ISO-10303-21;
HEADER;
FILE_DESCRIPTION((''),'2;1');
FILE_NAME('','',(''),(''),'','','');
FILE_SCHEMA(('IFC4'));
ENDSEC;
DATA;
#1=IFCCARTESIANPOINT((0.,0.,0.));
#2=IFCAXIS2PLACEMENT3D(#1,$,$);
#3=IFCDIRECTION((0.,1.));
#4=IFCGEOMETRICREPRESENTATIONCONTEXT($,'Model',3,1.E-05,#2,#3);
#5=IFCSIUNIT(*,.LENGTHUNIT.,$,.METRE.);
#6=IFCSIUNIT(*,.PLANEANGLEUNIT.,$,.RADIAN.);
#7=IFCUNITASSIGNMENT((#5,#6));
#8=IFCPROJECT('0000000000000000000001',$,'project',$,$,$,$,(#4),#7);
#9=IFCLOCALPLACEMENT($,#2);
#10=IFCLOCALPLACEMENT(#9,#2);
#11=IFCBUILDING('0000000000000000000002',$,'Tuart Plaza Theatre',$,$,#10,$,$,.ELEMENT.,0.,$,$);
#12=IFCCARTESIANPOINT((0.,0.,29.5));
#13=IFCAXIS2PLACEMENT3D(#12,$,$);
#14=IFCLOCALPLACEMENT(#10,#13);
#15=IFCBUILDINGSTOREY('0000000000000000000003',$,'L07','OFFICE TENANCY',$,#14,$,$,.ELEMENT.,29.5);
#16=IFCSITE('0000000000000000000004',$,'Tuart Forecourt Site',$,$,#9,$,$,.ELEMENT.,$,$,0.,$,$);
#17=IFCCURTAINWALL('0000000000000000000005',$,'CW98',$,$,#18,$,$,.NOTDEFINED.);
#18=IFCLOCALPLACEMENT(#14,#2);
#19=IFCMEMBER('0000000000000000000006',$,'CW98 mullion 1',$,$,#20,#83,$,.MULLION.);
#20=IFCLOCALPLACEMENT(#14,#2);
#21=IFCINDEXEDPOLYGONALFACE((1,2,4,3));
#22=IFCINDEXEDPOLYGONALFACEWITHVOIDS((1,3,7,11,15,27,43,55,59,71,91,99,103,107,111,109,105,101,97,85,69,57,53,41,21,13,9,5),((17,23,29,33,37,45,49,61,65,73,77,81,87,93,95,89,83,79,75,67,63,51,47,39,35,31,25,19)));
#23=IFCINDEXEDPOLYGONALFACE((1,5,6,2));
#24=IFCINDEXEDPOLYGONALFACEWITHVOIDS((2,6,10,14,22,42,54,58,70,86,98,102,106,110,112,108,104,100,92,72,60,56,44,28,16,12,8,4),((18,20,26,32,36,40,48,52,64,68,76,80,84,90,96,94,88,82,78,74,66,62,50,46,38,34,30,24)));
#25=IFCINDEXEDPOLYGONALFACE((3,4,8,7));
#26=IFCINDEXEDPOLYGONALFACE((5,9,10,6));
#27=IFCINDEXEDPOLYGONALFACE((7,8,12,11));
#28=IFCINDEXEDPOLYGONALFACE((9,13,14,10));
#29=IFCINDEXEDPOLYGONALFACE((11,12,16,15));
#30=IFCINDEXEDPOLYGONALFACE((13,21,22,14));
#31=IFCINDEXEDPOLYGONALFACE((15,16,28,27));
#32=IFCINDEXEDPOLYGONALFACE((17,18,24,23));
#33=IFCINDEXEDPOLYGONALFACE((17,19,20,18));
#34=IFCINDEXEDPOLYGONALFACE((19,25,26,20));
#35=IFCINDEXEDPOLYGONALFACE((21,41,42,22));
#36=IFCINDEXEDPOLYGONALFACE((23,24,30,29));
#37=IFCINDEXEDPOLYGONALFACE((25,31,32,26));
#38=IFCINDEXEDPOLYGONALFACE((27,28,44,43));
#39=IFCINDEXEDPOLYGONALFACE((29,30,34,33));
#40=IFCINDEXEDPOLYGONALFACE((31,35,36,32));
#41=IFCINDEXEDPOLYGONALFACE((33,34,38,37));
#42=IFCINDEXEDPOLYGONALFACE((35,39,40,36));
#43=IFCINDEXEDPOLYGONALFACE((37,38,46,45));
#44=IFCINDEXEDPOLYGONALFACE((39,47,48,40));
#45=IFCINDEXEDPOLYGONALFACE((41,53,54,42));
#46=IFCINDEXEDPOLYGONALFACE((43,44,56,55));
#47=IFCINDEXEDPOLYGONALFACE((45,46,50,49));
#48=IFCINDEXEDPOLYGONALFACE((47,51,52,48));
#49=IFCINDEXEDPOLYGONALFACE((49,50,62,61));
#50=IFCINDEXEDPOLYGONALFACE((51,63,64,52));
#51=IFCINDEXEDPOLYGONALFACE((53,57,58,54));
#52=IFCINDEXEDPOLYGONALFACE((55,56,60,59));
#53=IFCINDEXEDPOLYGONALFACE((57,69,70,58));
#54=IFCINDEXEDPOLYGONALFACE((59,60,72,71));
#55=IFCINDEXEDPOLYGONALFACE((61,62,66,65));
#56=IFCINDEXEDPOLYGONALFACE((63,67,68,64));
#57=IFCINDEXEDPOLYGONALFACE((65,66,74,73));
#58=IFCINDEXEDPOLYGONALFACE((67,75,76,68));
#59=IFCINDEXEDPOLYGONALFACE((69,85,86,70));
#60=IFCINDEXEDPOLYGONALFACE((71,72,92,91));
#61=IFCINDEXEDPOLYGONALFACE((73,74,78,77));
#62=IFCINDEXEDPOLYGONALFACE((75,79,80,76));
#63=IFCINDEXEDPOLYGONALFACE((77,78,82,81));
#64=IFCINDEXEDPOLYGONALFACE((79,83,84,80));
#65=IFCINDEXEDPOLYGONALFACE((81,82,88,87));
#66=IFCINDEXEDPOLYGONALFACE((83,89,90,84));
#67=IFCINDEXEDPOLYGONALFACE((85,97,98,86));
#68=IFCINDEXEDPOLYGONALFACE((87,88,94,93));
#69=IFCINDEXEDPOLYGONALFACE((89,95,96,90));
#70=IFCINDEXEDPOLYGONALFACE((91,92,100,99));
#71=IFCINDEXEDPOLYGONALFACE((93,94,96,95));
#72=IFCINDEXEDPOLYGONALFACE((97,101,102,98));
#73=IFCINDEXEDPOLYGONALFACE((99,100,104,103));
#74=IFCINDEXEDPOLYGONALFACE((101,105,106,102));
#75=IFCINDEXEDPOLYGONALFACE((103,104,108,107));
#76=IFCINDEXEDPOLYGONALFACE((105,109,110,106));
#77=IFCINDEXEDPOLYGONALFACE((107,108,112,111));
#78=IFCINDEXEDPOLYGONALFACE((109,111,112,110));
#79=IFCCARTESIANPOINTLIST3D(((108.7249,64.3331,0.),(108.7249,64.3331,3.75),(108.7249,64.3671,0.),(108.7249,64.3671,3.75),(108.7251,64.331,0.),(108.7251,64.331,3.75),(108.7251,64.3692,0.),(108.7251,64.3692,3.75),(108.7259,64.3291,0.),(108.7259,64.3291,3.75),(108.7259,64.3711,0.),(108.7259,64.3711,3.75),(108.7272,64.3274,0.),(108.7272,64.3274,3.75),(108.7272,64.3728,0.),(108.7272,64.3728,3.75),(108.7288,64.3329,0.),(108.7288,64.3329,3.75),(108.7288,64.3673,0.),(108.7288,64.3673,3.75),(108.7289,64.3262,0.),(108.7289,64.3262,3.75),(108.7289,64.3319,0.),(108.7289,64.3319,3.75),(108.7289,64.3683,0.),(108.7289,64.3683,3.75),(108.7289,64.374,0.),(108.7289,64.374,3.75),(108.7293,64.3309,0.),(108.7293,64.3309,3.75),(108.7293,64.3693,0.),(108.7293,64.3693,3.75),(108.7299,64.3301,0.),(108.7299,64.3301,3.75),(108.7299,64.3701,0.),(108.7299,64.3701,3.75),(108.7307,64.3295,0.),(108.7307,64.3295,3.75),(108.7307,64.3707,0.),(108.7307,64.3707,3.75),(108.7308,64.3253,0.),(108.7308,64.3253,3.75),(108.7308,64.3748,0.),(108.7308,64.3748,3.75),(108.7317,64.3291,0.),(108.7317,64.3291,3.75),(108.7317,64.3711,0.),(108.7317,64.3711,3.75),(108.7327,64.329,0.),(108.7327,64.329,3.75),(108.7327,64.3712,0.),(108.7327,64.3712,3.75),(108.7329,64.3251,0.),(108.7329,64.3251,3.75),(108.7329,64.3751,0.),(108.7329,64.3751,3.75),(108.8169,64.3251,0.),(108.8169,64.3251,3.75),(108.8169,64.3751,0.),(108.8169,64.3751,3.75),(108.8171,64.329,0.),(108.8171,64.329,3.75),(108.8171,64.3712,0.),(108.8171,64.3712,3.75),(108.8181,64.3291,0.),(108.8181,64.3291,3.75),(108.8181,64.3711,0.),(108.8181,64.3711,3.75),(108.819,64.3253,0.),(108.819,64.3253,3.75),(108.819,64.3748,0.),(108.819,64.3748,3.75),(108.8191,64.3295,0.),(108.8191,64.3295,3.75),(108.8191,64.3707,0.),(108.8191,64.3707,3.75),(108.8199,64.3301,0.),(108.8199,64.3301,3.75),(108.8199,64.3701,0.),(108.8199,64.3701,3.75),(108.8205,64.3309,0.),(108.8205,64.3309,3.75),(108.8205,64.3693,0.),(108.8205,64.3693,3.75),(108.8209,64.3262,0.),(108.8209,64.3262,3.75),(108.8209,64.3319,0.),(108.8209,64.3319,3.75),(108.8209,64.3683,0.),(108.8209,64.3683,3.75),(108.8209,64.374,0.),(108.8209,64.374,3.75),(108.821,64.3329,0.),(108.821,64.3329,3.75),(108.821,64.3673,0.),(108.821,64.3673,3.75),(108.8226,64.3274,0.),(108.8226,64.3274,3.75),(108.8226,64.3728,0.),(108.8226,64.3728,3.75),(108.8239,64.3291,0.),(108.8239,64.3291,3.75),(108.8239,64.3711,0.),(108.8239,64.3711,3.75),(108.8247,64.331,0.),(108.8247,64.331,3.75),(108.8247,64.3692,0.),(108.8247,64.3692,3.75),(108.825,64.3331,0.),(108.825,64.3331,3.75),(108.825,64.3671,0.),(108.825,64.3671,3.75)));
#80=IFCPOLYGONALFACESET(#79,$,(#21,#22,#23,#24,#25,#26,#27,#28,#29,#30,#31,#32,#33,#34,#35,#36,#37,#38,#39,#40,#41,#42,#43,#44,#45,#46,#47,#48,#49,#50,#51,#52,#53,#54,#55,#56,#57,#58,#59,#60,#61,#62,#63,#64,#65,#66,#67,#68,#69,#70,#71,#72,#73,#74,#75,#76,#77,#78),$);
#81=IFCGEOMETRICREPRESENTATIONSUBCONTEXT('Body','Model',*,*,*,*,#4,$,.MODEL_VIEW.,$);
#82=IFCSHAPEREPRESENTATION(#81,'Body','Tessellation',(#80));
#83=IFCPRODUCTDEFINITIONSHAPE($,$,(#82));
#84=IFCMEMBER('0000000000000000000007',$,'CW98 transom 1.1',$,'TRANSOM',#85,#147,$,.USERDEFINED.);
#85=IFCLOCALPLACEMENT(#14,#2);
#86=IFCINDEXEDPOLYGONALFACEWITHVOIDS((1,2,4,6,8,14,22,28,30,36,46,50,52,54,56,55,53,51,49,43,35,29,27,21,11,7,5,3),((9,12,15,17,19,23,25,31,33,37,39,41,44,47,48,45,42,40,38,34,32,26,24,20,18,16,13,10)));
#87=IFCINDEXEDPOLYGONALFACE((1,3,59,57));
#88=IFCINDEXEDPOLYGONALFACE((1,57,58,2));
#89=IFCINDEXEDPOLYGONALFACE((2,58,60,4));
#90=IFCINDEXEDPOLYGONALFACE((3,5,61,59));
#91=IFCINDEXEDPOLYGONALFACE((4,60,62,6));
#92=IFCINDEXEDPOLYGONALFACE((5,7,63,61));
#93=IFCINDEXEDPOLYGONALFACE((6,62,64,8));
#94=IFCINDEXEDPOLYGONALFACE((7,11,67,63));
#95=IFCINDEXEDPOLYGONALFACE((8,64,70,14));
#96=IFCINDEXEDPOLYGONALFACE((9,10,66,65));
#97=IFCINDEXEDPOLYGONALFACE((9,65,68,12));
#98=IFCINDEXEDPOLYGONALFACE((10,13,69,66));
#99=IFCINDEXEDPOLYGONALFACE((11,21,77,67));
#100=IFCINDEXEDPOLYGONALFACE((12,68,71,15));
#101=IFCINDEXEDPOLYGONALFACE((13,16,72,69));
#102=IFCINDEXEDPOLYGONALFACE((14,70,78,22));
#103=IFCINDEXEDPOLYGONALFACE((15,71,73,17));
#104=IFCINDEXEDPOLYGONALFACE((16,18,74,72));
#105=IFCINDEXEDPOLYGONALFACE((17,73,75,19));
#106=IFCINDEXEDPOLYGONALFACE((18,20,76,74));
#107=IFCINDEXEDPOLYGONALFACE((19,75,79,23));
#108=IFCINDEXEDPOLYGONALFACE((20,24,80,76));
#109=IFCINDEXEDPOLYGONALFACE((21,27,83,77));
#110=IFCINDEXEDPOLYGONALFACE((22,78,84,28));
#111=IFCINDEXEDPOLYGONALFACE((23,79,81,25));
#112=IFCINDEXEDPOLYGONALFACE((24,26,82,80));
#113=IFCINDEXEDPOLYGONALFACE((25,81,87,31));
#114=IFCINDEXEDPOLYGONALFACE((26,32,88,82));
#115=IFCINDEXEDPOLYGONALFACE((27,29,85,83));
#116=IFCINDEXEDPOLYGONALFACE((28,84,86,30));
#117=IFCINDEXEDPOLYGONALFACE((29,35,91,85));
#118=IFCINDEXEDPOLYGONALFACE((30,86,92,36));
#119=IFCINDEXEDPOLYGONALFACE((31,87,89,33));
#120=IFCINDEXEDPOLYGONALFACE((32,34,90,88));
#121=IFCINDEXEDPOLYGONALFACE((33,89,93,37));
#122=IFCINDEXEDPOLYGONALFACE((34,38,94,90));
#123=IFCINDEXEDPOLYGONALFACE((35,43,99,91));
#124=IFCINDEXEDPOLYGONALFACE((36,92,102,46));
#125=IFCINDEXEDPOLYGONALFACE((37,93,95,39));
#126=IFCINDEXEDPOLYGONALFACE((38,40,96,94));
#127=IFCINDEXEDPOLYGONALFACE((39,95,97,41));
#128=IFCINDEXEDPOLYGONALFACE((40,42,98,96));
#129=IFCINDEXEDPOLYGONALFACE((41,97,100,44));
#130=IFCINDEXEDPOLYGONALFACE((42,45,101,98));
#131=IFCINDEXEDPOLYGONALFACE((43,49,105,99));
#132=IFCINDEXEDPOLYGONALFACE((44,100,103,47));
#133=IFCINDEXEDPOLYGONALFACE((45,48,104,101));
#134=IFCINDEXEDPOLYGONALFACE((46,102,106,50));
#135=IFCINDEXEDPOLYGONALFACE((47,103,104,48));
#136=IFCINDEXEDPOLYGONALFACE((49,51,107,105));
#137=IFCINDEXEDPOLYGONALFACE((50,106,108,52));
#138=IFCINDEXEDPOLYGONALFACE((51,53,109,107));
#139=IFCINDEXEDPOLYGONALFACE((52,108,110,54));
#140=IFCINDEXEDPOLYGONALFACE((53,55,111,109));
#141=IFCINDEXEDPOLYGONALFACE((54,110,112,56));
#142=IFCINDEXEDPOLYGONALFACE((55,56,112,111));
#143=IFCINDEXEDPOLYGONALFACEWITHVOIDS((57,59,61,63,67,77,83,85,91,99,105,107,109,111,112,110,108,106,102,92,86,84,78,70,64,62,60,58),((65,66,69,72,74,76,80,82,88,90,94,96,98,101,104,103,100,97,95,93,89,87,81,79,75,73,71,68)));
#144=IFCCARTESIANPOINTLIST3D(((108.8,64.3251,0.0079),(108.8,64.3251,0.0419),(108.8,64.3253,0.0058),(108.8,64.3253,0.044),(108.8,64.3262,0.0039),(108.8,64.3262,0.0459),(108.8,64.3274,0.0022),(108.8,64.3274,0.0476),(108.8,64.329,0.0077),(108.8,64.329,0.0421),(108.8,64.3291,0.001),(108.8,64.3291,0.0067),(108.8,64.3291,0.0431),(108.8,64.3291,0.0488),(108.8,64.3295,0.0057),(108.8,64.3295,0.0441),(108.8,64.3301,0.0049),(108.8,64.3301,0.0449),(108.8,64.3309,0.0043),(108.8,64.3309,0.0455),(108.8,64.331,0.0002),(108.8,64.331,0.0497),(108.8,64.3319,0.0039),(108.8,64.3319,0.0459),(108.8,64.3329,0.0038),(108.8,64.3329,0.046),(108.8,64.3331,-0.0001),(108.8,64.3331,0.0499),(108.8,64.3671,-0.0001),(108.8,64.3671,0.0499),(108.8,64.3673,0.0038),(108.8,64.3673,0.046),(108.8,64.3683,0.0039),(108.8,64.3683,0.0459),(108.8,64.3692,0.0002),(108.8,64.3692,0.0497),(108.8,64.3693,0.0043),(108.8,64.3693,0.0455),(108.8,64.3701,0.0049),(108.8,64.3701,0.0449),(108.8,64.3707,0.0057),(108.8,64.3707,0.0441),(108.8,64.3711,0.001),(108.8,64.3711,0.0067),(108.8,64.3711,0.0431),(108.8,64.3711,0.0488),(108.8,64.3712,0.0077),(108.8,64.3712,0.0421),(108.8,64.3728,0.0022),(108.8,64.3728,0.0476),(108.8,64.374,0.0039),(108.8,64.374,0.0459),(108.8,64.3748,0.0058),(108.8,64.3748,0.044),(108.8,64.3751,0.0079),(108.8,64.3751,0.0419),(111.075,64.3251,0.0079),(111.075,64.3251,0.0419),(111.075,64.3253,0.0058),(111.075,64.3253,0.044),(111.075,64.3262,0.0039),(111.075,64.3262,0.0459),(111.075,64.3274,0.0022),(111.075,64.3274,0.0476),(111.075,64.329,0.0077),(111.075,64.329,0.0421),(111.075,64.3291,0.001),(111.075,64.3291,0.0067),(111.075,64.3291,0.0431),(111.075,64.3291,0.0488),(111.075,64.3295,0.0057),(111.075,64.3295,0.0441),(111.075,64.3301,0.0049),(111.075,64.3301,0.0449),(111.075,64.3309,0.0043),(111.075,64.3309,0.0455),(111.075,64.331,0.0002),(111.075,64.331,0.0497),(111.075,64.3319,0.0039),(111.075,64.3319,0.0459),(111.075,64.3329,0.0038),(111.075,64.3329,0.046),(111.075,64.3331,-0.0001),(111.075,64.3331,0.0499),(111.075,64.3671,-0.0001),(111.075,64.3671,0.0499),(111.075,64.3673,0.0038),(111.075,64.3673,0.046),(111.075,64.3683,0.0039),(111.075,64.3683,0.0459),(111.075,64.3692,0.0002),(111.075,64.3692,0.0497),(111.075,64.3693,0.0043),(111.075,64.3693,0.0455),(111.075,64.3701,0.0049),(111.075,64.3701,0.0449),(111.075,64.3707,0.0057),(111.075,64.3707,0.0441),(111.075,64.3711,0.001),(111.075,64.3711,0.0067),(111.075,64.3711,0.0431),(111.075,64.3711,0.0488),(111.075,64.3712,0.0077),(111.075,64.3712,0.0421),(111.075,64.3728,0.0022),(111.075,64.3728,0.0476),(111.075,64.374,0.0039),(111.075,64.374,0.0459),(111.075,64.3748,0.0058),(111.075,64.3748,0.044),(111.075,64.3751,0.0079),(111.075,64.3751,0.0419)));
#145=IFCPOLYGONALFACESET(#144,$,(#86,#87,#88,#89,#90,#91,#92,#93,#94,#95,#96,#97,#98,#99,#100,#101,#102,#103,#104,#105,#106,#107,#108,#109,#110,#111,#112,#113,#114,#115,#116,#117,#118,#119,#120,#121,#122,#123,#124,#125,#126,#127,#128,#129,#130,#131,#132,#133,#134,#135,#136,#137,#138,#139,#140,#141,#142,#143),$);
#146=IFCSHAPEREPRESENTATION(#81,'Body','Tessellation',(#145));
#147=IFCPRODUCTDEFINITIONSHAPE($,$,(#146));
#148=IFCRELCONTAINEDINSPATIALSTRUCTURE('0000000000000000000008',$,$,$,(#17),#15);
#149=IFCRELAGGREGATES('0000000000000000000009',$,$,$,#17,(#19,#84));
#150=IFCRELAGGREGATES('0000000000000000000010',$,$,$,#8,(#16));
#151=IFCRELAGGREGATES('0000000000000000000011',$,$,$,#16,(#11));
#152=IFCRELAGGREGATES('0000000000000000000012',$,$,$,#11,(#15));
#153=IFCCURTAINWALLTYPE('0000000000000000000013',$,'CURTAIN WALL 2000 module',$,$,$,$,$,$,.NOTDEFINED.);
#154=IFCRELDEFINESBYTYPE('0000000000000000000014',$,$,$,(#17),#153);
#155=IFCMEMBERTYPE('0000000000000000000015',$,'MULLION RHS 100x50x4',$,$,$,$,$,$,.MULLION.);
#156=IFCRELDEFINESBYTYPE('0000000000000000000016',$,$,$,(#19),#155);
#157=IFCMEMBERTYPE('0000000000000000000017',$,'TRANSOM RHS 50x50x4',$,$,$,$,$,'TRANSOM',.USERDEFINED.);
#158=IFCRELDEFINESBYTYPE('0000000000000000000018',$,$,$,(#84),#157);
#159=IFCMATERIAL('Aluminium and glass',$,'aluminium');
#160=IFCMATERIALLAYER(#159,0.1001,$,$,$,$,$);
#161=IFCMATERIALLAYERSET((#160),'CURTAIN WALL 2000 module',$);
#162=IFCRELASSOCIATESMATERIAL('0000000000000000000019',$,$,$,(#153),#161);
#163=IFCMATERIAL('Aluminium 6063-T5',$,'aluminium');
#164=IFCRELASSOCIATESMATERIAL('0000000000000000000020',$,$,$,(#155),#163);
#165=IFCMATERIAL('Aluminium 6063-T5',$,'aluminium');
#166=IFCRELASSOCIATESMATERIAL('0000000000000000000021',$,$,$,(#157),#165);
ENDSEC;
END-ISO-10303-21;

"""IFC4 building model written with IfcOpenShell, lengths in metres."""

from ifc_helpers import new_model, si_unit, direction, frame, origin, origin_2d, place, context, subcontext, project, spatial, hollow_rectangle, extrude, material, layer, layer_set, material_profile, profile_set, type_object, element, aggregate, save


model = new_model("IFC4")

# Units and contexts
model_context = context("Model", 3, precision=1e-05, world=origin(), true_north=direction((0.0, 1.0)))
body_context = subcontext(model_context, "Body", "Model", "MODEL_VIEW")
ifc_project = project(units=[si_unit("LENGTHUNIT", "METRE"), si_unit("PLANEANGLEUNIT", "RADIAN")], contexts=[model_context])

# Site, building, storey
site_placement = place(None, origin())
site = spatial("IfcSite", under=ifc_project, at=site_placement, Name="Tuart Forecourt Site", CompositionType="ELEMENT", RefElevation=0.0)
building_placement = place(site_placement, origin())
building = spatial("IfcBuilding", under=site, at=building_placement, Name="Tuart Plaza Theatre", CompositionType="ELEMENT", ElevationOfRefHeight=0.0)
storey_placement = place(building_placement, frame((0.0, 0.0, 29.5)))
storey = spatial("IfcBuildingStorey", under=building, at=storey_placement, Name="L07", Description="OFFICE TENANCY", CompositionType="ELEMENT", Elevation=29.5)

# Shared definitions
ifc_material_1 = material(Name="Aluminium and glass", Category="aluminium")
ifc_layer_1 = layer(ifc_material_1, 0.1001)
ifc_layer_set_1 = layer_set([ifc_layer_1], Name="CURTAIN WALL 2000 module")
curtain_wall_type = type_object("IfcCurtainWallType", Name="CURTAIN WALL 2000 module", PredefinedType="NOTDEFINED", material=ifc_layer_set_1)
ifc_material_2 = material(Name="Aluminium 6063-T5", Category="aluminium")
ifc_material_profile_1 = material_profile(ifc_material_2, hollow_rectangle(XDim=0.05, YDim=0.1001, WallThickness=0.0039, InnerFilletRadius=0.0039, OuterFilletRadius=0.0081, at=origin_2d()), Name="RHS 100x50x4")
ifc_profile_set_1 = profile_set([ifc_material_profile_1], Name="Aluminium 6063-T5")
member_type_1 = type_object("IfcMemberType", Name="MULLION RHS 100x50x4", PredefinedType="MULLION", material=ifc_profile_set_1)

# Curtain wall, members
curtain_wall_1_placement = place(storey_placement, origin())
curtain_wall_1 = element("IfcCurtainWall", 1, at=curtain_wall_1_placement, inside=storey, type_object=curtain_wall_type, Name="CW98", PredefinedType="NOTDEFINED")
member_1_placement = place(storey_placement, frame((108.7749, 64.3501, 0.0), z_axis=(0.0, 0.0, 1.0), x_axis=(0.0, 1.0, 0.0)))
member_1 = element("IfcMember", 2, at=member_1_placement, type_object=member_type_1, Name="CW98 mullion 1", PredefinedType="MULLION", context=body_context, shape_type="SweptSolid", body=[
    extrude(hollow_rectangle(XDim=0.05, YDim=0.1001, WallThickness=0.0039, InnerFilletRadius=0.0039, OuterFilletRadius=0.0081, at=origin_2d()), origin(), (0.0, 0.0, 1.0), 3.75),
])
ifc_material_3 = material(Name="Aluminium 6063-T5", Category="aluminium")
ifc_material_profile_2 = material_profile(ifc_material_3, hollow_rectangle(XDim=0.05, YDim=0.05, WallThickness=0.0039, InnerFilletRadius=0.0039, OuterFilletRadius=0.0081, at=origin_2d()), Name="RHS 50x50x4")
ifc_profile_set_2 = profile_set([ifc_material_profile_2], Name="Aluminium 6063-T5")
member_type_2 = type_object("IfcMemberType", Name="TRANSOM RHS 50x50x4", ElementType="TRANSOM", PredefinedType="USERDEFINED", material=ifc_profile_set_2)
member_2_placement = place(storey_placement, frame((108.8, 64.3501, 0.0249), z_axis=(1.0, 0.0, 0.0), x_axis=(0.0, 1.0, 0.0)))
member_2 = element("IfcMember", 3, at=member_2_placement, type_object=member_type_2, Name="CW98 transom 1.1", ObjectType="TRANSOM", PredefinedType="USERDEFINED", context=body_context, shape_type="SweptSolid", body=[
    extrude(hollow_rectangle(XDim=0.05, YDim=0.05, WallThickness=0.0039, InnerFilletRadius=0.0039, OuterFilletRadius=0.0081, at=origin_2d()), origin(), (0.0, 0.0, 1.0), 2.2749),
])
aggregate(curtain_wall_1, [member_1, member_2])

save(model, "model.ifc")
